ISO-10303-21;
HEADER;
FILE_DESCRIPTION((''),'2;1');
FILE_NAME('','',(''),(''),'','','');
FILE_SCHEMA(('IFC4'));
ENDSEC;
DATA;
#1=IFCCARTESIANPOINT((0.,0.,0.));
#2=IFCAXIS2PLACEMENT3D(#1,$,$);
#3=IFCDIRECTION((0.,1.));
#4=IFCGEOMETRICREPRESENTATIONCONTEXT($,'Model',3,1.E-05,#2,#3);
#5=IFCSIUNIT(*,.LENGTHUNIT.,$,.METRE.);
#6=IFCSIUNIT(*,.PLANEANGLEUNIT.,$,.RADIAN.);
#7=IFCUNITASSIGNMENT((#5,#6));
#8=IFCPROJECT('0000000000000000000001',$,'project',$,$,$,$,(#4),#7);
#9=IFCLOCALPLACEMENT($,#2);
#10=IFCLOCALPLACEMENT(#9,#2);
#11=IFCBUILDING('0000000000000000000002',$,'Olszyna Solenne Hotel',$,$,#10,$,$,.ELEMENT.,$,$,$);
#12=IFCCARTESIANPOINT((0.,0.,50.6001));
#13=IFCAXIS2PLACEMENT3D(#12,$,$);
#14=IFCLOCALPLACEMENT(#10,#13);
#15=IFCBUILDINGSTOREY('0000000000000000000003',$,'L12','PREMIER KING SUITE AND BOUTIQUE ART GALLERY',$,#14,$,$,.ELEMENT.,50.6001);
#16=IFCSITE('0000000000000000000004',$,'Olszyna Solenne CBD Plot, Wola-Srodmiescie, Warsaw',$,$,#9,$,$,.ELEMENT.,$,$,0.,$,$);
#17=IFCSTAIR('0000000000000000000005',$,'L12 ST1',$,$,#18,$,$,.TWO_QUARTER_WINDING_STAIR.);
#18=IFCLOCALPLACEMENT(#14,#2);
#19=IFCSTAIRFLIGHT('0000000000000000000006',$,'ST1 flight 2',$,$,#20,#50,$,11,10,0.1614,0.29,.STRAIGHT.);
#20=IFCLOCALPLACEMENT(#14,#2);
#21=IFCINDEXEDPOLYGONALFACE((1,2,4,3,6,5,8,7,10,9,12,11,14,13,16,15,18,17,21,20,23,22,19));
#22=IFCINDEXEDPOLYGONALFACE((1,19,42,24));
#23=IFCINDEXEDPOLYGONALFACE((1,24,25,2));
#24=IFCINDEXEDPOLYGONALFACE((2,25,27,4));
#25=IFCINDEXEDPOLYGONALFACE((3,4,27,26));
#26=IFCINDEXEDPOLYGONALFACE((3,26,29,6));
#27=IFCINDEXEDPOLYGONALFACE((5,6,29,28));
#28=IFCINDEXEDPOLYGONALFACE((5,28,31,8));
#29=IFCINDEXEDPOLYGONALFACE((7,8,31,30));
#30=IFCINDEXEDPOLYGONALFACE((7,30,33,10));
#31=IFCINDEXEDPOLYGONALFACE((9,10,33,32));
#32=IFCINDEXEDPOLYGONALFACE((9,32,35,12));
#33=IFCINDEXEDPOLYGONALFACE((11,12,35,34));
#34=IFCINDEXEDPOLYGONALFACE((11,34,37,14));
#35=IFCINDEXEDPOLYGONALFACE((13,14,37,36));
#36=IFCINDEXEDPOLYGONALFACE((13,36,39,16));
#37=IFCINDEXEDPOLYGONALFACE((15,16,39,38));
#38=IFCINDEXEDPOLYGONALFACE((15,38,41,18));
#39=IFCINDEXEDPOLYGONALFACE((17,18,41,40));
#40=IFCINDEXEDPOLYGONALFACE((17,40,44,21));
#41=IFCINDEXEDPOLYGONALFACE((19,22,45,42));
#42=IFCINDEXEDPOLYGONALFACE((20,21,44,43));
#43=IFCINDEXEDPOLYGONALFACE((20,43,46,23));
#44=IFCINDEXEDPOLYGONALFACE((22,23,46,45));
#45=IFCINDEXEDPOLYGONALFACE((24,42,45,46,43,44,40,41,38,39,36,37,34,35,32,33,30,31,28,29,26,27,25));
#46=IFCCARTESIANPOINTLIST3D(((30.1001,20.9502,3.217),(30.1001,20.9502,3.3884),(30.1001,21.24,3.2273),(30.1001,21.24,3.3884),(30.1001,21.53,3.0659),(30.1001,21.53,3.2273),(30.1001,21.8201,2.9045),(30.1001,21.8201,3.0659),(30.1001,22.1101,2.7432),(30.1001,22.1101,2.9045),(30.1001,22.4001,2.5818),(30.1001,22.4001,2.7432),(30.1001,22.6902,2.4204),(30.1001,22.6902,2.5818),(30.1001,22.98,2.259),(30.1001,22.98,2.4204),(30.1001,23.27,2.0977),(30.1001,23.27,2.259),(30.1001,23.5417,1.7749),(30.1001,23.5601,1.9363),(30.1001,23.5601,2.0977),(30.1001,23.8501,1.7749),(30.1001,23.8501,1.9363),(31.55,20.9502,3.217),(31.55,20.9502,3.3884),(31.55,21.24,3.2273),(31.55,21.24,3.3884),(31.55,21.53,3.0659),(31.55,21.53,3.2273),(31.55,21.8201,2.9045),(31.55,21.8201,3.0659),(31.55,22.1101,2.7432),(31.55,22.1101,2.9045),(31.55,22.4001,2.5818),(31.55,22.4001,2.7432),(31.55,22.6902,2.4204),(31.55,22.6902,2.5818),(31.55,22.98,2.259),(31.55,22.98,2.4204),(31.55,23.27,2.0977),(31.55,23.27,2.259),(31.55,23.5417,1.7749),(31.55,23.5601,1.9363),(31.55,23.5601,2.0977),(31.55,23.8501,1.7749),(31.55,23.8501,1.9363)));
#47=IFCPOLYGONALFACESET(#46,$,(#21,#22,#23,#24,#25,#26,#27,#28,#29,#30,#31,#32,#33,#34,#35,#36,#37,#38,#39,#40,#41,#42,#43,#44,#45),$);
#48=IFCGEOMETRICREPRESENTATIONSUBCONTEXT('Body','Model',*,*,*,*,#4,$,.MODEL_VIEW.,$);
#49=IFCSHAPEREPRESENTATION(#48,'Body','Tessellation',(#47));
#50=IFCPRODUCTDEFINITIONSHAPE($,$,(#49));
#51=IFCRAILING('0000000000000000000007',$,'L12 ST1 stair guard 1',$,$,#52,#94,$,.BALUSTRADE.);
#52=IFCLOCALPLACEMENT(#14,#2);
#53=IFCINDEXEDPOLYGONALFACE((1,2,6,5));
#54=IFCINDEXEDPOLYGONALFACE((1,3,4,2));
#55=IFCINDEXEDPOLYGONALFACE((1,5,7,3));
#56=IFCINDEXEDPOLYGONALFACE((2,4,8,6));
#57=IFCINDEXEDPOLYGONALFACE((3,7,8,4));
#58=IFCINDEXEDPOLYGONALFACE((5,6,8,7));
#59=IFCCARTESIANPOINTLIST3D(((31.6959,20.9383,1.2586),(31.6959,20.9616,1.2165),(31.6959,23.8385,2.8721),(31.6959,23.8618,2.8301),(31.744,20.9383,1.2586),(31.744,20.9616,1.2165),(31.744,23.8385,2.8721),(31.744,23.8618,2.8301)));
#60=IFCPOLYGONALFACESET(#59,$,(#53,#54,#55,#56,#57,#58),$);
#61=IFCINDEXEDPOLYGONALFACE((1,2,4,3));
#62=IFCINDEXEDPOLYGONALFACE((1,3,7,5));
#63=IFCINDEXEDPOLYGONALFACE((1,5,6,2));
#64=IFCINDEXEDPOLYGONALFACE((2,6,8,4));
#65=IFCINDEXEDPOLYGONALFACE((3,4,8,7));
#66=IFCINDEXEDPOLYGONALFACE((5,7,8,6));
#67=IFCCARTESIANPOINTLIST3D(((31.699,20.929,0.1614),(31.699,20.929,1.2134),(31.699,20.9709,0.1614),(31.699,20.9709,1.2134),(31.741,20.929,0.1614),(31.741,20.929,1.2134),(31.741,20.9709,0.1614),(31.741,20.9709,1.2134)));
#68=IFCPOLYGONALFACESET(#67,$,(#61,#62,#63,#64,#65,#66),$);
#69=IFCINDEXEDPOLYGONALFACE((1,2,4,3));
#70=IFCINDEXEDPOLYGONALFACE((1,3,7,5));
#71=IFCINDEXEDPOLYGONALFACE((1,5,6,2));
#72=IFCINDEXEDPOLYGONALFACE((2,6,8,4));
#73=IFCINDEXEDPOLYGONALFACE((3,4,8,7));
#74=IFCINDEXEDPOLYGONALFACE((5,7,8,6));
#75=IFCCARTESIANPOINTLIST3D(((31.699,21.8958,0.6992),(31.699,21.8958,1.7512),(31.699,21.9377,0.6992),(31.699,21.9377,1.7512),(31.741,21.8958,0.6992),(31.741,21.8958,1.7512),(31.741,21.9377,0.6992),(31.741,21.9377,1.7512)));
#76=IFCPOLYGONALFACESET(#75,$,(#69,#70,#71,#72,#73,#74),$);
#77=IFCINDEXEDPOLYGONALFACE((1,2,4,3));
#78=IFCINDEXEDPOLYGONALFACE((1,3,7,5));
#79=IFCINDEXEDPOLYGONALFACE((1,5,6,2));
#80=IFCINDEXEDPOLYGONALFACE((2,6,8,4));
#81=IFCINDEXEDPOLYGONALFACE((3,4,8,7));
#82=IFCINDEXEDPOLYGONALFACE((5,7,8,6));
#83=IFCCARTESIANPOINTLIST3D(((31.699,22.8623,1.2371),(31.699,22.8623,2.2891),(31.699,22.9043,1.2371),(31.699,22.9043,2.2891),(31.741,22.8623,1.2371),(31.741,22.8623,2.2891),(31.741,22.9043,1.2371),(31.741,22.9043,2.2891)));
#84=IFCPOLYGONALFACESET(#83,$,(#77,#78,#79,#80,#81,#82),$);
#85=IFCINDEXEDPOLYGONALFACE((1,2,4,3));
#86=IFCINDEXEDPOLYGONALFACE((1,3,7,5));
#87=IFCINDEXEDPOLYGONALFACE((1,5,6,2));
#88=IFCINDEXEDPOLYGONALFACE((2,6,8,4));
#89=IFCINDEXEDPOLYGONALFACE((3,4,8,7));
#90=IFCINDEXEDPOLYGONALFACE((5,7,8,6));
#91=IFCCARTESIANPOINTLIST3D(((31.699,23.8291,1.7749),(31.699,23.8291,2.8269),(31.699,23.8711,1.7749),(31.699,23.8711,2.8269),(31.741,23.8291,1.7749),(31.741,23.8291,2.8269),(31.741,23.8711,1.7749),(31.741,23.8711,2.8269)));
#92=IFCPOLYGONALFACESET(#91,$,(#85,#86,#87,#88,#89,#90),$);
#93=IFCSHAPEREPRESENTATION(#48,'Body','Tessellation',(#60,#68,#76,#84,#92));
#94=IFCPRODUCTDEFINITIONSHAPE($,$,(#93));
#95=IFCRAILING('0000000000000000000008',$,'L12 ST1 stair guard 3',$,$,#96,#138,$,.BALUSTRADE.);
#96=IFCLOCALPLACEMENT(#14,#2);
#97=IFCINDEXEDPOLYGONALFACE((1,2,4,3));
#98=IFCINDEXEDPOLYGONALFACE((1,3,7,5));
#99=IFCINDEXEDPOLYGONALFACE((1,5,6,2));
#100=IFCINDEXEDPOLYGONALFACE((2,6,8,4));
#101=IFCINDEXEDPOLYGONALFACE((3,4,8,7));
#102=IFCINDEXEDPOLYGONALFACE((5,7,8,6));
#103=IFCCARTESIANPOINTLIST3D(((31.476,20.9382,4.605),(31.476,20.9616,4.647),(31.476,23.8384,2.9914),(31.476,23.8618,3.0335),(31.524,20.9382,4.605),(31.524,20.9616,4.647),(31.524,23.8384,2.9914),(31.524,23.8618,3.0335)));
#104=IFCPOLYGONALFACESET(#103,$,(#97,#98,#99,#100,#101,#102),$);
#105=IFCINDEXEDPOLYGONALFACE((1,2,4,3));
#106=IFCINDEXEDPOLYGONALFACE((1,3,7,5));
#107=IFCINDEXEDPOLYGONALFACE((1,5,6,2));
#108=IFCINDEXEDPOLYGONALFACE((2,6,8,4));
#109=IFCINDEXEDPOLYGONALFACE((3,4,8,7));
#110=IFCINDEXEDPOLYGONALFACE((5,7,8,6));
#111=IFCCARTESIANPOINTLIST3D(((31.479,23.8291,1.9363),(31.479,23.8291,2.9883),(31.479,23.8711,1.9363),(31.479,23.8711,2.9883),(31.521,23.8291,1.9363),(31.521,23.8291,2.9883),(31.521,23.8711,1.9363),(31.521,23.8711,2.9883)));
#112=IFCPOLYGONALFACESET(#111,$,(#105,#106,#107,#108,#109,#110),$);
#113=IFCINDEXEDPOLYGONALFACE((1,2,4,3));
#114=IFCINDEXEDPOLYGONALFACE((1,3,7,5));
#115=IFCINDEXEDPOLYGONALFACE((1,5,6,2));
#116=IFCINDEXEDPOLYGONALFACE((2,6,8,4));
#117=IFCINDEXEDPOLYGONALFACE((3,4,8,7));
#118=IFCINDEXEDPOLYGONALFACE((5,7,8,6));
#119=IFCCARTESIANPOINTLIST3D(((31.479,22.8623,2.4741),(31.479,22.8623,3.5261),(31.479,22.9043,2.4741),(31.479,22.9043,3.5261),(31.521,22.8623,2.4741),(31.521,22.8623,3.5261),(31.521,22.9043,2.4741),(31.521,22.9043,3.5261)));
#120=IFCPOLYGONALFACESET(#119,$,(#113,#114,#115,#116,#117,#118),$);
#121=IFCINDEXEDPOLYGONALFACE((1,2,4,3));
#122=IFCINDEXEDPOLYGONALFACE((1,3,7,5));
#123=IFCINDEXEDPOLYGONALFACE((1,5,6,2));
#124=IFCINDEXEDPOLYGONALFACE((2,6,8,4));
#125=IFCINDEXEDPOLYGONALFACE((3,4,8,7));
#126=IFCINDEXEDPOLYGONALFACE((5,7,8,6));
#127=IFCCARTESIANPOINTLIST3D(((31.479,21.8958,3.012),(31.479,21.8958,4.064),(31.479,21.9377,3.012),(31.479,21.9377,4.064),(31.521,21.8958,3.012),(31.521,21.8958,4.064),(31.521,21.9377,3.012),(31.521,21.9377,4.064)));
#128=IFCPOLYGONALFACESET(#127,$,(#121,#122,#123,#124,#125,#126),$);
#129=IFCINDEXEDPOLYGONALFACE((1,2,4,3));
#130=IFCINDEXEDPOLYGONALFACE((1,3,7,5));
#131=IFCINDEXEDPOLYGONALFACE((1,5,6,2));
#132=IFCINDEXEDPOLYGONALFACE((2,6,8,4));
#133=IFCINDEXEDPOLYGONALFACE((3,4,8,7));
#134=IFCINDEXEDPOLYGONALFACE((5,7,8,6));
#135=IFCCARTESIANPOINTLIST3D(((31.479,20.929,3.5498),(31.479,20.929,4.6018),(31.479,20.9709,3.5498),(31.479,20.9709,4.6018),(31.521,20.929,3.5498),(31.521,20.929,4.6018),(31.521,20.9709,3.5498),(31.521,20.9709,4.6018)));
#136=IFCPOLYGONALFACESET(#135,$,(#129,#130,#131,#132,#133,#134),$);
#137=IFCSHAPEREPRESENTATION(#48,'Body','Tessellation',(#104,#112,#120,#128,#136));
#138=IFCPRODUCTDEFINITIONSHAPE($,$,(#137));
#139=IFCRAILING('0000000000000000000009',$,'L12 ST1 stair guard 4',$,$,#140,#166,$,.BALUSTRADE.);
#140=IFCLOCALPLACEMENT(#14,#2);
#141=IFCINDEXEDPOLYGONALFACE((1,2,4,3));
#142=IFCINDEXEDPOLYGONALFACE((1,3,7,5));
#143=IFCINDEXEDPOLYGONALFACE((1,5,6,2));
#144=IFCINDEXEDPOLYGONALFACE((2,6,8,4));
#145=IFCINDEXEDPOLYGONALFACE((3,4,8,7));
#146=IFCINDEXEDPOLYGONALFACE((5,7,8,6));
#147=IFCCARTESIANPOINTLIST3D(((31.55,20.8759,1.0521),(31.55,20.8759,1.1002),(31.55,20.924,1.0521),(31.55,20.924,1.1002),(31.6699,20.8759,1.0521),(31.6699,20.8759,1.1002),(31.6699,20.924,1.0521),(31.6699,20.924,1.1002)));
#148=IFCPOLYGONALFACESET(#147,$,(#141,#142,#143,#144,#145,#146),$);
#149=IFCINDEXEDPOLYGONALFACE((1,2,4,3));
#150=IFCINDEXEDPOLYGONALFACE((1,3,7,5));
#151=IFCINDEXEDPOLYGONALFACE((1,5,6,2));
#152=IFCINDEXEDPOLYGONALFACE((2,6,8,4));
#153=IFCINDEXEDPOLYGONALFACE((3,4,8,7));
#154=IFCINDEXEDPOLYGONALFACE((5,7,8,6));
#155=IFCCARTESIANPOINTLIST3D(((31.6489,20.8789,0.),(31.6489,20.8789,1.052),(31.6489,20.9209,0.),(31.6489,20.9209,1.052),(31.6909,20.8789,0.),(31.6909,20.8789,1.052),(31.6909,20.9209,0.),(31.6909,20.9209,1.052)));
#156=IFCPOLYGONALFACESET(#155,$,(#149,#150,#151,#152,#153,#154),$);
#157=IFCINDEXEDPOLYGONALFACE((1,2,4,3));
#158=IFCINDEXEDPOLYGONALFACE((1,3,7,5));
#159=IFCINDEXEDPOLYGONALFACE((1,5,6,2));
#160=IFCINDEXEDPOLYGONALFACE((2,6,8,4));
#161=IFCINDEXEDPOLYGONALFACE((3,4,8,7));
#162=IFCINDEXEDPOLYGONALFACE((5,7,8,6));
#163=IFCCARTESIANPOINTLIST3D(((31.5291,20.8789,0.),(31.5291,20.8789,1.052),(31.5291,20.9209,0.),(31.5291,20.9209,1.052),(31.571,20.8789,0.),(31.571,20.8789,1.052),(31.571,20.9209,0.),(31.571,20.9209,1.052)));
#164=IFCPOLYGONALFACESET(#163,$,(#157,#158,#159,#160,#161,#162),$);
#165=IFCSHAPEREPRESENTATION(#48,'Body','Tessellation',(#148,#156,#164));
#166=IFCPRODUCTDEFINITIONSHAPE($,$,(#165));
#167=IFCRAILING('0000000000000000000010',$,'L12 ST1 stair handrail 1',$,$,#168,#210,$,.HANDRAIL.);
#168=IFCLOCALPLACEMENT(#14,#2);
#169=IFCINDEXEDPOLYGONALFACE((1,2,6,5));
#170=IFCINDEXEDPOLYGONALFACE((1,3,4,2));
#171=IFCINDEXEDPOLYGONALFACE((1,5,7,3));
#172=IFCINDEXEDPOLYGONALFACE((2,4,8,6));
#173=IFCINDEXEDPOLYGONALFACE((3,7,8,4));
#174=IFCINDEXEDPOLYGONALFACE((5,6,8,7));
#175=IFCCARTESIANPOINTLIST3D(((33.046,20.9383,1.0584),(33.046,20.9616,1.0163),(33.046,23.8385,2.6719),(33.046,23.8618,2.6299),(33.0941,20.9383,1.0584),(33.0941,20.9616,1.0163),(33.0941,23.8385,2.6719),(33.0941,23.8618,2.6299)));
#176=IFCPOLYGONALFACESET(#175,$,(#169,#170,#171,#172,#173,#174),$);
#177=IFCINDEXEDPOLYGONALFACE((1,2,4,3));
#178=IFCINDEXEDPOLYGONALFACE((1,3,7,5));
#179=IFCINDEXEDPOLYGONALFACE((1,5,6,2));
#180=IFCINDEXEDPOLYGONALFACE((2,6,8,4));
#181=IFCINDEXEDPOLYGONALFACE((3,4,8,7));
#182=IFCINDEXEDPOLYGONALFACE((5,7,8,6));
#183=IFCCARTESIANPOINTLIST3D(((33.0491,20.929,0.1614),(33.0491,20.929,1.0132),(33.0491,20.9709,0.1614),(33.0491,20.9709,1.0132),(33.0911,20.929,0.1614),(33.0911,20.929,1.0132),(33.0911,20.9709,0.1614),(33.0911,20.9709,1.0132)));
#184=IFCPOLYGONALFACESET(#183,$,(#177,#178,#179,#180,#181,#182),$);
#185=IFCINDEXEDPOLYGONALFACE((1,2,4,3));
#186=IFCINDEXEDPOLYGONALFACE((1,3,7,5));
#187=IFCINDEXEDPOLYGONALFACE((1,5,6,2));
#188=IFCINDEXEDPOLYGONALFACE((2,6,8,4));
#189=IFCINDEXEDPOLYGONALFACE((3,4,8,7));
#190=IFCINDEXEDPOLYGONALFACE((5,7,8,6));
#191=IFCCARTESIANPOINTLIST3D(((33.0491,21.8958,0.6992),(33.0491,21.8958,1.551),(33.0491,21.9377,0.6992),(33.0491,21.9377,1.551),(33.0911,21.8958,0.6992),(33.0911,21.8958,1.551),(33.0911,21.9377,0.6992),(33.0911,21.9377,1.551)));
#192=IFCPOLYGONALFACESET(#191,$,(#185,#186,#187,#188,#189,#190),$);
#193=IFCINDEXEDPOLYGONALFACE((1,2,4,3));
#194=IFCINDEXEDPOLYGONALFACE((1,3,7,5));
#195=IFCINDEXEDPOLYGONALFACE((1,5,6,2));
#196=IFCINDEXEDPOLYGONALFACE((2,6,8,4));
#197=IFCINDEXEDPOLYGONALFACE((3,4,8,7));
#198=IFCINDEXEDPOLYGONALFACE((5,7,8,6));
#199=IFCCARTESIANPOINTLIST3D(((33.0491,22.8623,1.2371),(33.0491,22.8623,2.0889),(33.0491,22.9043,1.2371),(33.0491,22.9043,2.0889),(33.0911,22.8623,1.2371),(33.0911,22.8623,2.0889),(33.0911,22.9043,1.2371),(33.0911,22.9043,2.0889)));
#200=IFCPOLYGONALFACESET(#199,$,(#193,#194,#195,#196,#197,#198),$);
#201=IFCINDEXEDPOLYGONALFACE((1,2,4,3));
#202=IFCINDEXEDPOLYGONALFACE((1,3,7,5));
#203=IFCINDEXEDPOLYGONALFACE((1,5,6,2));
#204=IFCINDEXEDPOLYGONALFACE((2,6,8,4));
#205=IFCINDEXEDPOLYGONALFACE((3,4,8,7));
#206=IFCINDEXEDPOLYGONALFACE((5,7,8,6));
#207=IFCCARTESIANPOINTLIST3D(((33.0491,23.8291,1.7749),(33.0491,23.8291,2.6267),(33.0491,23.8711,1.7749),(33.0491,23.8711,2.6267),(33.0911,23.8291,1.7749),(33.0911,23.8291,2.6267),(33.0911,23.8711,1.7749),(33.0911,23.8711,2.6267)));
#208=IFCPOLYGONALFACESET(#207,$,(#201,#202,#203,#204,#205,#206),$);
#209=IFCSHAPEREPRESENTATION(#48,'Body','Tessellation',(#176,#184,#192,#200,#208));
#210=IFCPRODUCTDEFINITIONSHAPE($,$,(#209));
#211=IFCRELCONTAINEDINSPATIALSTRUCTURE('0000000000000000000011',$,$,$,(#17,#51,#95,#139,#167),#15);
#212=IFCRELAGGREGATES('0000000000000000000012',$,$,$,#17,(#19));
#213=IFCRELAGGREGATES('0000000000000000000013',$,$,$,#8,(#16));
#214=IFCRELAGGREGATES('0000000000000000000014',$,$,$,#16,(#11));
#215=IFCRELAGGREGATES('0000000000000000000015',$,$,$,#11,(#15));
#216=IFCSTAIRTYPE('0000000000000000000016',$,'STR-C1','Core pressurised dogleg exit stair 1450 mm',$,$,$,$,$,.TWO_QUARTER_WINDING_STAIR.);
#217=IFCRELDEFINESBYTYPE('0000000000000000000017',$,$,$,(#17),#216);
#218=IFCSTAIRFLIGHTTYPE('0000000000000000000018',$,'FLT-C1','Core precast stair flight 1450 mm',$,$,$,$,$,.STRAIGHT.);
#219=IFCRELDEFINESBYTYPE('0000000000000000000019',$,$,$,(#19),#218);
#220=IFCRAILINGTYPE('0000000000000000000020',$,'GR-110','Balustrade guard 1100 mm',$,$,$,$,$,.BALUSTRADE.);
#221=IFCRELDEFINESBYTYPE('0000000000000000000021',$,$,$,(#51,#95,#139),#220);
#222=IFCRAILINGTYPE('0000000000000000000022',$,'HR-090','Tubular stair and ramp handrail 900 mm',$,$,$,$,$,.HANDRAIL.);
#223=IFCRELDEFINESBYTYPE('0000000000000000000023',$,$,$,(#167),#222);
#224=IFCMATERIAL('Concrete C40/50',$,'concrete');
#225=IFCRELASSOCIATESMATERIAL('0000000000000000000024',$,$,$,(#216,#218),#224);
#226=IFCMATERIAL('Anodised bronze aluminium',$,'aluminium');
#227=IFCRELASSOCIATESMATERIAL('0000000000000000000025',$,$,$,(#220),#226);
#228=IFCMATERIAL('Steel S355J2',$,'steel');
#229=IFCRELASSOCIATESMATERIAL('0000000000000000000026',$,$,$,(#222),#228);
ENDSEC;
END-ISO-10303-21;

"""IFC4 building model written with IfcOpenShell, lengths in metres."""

from ifc_helpers import new_model, si_unit, direction, frame, origin, origin_2d, place, context, subcontext, project, spatial, polyline, rectangle, outline, extrude, material, type_object, element, aggregate, save


model = new_model("IFC4")

# Units and contexts
model_context = context("Model", 3, precision=1e-05, world=origin(), true_north=direction((0.0, 1.0)))
body_context = subcontext(model_context, "Body", "Model", "MODEL_VIEW")
ifc_project = project(units=[si_unit("LENGTHUNIT", "METRE"), si_unit("PLANEANGLEUNIT", "RADIAN")], contexts=[model_context])

# Site, building, storey
site_placement = place(None, origin())
site = spatial("IfcSite", under=ifc_project, at=site_placement, Name="Olszyna Solenne CBD Plot, Wola-Srodmiescie, Warsaw", CompositionType="ELEMENT", RefElevation=0.0)
building_placement = place(site_placement, origin())
building = spatial("IfcBuilding", under=site, at=building_placement, Name="Olszyna Solenne Hotel", CompositionType="ELEMENT")
storey_placement = place(building_placement, frame((0.0, 0.0, 50.6001)))
storey = spatial("IfcBuildingStorey", under=building, at=storey_placement, Name="L12", Description="PREMIER KING SUITE AND BOUTIQUE ART GALLERY", CompositionType="ELEMENT", Elevation=50.6001)

# Shared definitions
ifc_material_1 = material(Name="Steel S355J2", Category="steel")

# Stair, stair flight
ifc_material_2 = material(Name="Concrete C40/50", Category="concrete")
stair_type = type_object("IfcStairType", Name="STR-C1", Description="Core pressurised dogleg exit stair 1450 mm", PredefinedType="TWO_QUARTER_WINDING_STAIR", material=ifc_material_2)
stair_placement = place(storey_placement, origin())
stair = element("IfcStair", 1, at=stair_placement, inside=storey, type_object=stair_type, Name="L12 ST1", PredefinedType="TWO_QUARTER_WINDING_STAIR")
stair_flight_type = type_object("IfcStairFlightType", Name="FLT-C1", Description="Core precast stair flight 1450 mm", PredefinedType="STRAIGHT", material=ifc_material_2)
stair_flight_1_placement = place(storey_placement, frame((30.825, 23.8501, 1.7749), z_axis=(0.0, 0.0, 1.0), x_axis=(0.0, -1.0, 0.0)))
stair_flight_1 = element("IfcStairFlight", 2, at=stair_flight_1_placement, type_object=stair_flight_type, Name="ST1 flight 2", NumberOfRisers=11, NumberOfTreads=10, PredefinedType="STRAIGHT", RiserHeight=0.1614, TreadLength=0.29, context=body_context, shape_type="SweptSolid", body=[
    extrude(outline(polyline([(0.0, 0.0), (0.0, 0.1614), (0.29, 0.1614), (0.29, 0.3228), (0.5801, 0.3228), (0.5801, 0.4841), (0.8701, 0.4841), (0.8701, 0.6455), (1.1599, 0.6455), (1.1599, 0.8069), (1.45, 0.8069), (1.45, 0.9683), (1.74, 0.9683), (1.74, 1.1296), (2.03, 1.1296), (2.03, 1.291), (2.3201, 1.291), (2.3201, 1.4524), (2.6101, 1.4524), (2.6101, 1.6135), (2.8999, 1.6135), (2.8999, 1.7749), (2.8999, 1.4421), (0.3083, 0.0), (0.0, 0.0)])), frame((0.0, 0.7251, 0.0), z_axis=(0.0, -1.0, 0.0), x_axis=(1.0, 0.0, 0.0)), (0.0, 0.0, 1.0), 1.45),
])
aggregate(stair, [stair_flight_1])

# Railings
ifc_material_3 = material(Name="Anodised bronze aluminium", Category="aluminium")
railing_type_1 = type_object("IfcRailingType", Name="GR-110", Description="Balustrade guard 1100 mm", PredefinedType="BALUSTRADE", material=ifc_material_3)
railing_1_placement = place(storey_placement, frame((31.72, 20.95, 0.1614)))
element("IfcRailing", 3, at=railing_1_placement, inside=storey, type_object=railing_type_1, Name="L12 ST1 stair guard 1", PredefinedType="BALUSTRADE", context=body_context, shape_type="SweptSolid", body=[
    extrude(rectangle(XDim=0.0481, YDim=0.0481, at=origin_2d()), frame((0.0, 0.0, 1.0762), z_axis=(0.0, 0.873859, 0.48618), x_axis=(-1.0, 0.0, 0.0)), (0.0, 0.0, 1.0), 3.3188),
    extrude(rectangle(XDim=0.042, YDim=0.042, at=origin_2d()), origin(), (0.0, 0.0, 1.0), 1.052),
    extrude(rectangle(XDim=0.042, YDim=0.042, at=origin_2d()), frame((0.0, 0.9668, 0.5378)), (0.0, 0.0, 1.0), 1.052),
    extrude(rectangle(XDim=0.042, YDim=0.042, at=origin_2d()), frame((0.0, 1.9333, 1.0757)), (0.0, 0.0, 1.0), 1.052),
    extrude(rectangle(XDim=0.042, YDim=0.042, at=origin_2d()), frame((0.0, 2.9001, 1.6135)), (0.0, 0.0, 1.0), 1.052),
])
railing_2_placement = place(storey_placement, frame((31.5, 23.8501, 1.9363)))
element("IfcRailing", 4, at=railing_2_placement, inside=storey, type_object=railing_type_1, Name="L12 ST1 stair guard 3", PredefinedType="BALUSTRADE", context=body_context, shape_type="SweptSolid", body=[
    extrude(rectangle(XDim=0.0481, YDim=0.0481, at=origin_2d()), frame((0.0, 0.0, 1.0762), z_axis=(0.0, -0.873859, 0.48618), x_axis=(1.0, 0.0, 0.0)), (0.0, 0.0, 1.0), 3.3188),
    extrude(rectangle(XDim=0.042, YDim=0.042, at=origin_2d()), origin(), (0.0, 0.0, 1.0), 1.052),
    extrude(rectangle(XDim=0.042, YDim=0.042, at=origin_2d()), frame((0.0, -0.9668, 0.5378)), (0.0, 0.0, 1.0), 1.052),
    extrude(rectangle(XDim=0.042, YDim=0.042, at=origin_2d()), frame((0.0, -1.9333, 1.0757)), (0.0, 0.0, 1.0), 1.052),
    extrude(rectangle(XDim=0.042, YDim=0.042, at=origin_2d()), frame((0.0, -2.9001, 1.6135)), (0.0, 0.0, 1.0), 1.052),
])
railing_3_placement = place(storey_placement, frame((31.6699, 20.8999, 0.0)))
element("IfcRailing", 5, at=railing_3_placement, inside=storey, type_object=railing_type_1, Name="L12 ST1 stair guard 4", PredefinedType="BALUSTRADE", context=body_context, shape_type="SweptSolid", body=[
    extrude(rectangle(XDim=0.0481, YDim=0.0481, at=origin_2d()), frame((0.0, 0.0, 1.0762), z_axis=(-1.0, 0.0, 0.0), x_axis=(0.0, -1.0, 0.0)), (0.0, 0.0, 1.0), 0.1199),
    extrude(rectangle(XDim=0.042, YDim=0.042, at=origin_2d()), origin(), (0.0, 0.0, 1.0), 1.052),
    extrude(rectangle(XDim=0.042, YDim=0.042, at=origin_2d()), frame((-0.1199, 0.0, 0.0)), (0.0, 0.0, 1.0), 1.052),
])
railing_type_2 = type_object("IfcRailingType", Name="HR-090", Description="Tubular stair and ramp handrail 900 mm", PredefinedType="HANDRAIL", material=ifc_material_1)
railing_4_placement = place(storey_placement, frame((33.0701, 20.95, 0.1614)))
element("IfcRailing", 6, at=railing_4_placement, inside=storey, type_object=railing_type_2, Name="L12 ST1 stair handrail 1", PredefinedType="HANDRAIL", context=body_context, shape_type="SweptSolid", body=[
    extrude(rectangle(XDim=0.0481, YDim=0.0481, at=origin_2d()), frame((0.0, 0.0, 0.876), z_axis=(0.0, 0.873859, 0.48618), x_axis=(-1.0, 0.0, 0.0)), (0.0, 0.0, 1.0), 3.3188),
    extrude(rectangle(XDim=0.042, YDim=0.042, at=origin_2d()), origin(), (0.0, 0.0, 1.0), 0.8518),
    extrude(rectangle(XDim=0.042, YDim=0.042, at=origin_2d()), frame((0.0, 0.9668, 0.5378)), (0.0, 0.0, 1.0), 0.8518),
    extrude(rectangle(XDim=0.042, YDim=0.042, at=origin_2d()), frame((0.0, 1.9333, 1.0757)), (0.0, 0.0, 1.0), 0.8518),
    extrude(rectangle(XDim=0.042, YDim=0.042, at=origin_2d()), frame((0.0, 2.9001, 1.6135)), (0.0, 0.0, 1.0), 0.8518),
])

save(model, "model.ifc")
